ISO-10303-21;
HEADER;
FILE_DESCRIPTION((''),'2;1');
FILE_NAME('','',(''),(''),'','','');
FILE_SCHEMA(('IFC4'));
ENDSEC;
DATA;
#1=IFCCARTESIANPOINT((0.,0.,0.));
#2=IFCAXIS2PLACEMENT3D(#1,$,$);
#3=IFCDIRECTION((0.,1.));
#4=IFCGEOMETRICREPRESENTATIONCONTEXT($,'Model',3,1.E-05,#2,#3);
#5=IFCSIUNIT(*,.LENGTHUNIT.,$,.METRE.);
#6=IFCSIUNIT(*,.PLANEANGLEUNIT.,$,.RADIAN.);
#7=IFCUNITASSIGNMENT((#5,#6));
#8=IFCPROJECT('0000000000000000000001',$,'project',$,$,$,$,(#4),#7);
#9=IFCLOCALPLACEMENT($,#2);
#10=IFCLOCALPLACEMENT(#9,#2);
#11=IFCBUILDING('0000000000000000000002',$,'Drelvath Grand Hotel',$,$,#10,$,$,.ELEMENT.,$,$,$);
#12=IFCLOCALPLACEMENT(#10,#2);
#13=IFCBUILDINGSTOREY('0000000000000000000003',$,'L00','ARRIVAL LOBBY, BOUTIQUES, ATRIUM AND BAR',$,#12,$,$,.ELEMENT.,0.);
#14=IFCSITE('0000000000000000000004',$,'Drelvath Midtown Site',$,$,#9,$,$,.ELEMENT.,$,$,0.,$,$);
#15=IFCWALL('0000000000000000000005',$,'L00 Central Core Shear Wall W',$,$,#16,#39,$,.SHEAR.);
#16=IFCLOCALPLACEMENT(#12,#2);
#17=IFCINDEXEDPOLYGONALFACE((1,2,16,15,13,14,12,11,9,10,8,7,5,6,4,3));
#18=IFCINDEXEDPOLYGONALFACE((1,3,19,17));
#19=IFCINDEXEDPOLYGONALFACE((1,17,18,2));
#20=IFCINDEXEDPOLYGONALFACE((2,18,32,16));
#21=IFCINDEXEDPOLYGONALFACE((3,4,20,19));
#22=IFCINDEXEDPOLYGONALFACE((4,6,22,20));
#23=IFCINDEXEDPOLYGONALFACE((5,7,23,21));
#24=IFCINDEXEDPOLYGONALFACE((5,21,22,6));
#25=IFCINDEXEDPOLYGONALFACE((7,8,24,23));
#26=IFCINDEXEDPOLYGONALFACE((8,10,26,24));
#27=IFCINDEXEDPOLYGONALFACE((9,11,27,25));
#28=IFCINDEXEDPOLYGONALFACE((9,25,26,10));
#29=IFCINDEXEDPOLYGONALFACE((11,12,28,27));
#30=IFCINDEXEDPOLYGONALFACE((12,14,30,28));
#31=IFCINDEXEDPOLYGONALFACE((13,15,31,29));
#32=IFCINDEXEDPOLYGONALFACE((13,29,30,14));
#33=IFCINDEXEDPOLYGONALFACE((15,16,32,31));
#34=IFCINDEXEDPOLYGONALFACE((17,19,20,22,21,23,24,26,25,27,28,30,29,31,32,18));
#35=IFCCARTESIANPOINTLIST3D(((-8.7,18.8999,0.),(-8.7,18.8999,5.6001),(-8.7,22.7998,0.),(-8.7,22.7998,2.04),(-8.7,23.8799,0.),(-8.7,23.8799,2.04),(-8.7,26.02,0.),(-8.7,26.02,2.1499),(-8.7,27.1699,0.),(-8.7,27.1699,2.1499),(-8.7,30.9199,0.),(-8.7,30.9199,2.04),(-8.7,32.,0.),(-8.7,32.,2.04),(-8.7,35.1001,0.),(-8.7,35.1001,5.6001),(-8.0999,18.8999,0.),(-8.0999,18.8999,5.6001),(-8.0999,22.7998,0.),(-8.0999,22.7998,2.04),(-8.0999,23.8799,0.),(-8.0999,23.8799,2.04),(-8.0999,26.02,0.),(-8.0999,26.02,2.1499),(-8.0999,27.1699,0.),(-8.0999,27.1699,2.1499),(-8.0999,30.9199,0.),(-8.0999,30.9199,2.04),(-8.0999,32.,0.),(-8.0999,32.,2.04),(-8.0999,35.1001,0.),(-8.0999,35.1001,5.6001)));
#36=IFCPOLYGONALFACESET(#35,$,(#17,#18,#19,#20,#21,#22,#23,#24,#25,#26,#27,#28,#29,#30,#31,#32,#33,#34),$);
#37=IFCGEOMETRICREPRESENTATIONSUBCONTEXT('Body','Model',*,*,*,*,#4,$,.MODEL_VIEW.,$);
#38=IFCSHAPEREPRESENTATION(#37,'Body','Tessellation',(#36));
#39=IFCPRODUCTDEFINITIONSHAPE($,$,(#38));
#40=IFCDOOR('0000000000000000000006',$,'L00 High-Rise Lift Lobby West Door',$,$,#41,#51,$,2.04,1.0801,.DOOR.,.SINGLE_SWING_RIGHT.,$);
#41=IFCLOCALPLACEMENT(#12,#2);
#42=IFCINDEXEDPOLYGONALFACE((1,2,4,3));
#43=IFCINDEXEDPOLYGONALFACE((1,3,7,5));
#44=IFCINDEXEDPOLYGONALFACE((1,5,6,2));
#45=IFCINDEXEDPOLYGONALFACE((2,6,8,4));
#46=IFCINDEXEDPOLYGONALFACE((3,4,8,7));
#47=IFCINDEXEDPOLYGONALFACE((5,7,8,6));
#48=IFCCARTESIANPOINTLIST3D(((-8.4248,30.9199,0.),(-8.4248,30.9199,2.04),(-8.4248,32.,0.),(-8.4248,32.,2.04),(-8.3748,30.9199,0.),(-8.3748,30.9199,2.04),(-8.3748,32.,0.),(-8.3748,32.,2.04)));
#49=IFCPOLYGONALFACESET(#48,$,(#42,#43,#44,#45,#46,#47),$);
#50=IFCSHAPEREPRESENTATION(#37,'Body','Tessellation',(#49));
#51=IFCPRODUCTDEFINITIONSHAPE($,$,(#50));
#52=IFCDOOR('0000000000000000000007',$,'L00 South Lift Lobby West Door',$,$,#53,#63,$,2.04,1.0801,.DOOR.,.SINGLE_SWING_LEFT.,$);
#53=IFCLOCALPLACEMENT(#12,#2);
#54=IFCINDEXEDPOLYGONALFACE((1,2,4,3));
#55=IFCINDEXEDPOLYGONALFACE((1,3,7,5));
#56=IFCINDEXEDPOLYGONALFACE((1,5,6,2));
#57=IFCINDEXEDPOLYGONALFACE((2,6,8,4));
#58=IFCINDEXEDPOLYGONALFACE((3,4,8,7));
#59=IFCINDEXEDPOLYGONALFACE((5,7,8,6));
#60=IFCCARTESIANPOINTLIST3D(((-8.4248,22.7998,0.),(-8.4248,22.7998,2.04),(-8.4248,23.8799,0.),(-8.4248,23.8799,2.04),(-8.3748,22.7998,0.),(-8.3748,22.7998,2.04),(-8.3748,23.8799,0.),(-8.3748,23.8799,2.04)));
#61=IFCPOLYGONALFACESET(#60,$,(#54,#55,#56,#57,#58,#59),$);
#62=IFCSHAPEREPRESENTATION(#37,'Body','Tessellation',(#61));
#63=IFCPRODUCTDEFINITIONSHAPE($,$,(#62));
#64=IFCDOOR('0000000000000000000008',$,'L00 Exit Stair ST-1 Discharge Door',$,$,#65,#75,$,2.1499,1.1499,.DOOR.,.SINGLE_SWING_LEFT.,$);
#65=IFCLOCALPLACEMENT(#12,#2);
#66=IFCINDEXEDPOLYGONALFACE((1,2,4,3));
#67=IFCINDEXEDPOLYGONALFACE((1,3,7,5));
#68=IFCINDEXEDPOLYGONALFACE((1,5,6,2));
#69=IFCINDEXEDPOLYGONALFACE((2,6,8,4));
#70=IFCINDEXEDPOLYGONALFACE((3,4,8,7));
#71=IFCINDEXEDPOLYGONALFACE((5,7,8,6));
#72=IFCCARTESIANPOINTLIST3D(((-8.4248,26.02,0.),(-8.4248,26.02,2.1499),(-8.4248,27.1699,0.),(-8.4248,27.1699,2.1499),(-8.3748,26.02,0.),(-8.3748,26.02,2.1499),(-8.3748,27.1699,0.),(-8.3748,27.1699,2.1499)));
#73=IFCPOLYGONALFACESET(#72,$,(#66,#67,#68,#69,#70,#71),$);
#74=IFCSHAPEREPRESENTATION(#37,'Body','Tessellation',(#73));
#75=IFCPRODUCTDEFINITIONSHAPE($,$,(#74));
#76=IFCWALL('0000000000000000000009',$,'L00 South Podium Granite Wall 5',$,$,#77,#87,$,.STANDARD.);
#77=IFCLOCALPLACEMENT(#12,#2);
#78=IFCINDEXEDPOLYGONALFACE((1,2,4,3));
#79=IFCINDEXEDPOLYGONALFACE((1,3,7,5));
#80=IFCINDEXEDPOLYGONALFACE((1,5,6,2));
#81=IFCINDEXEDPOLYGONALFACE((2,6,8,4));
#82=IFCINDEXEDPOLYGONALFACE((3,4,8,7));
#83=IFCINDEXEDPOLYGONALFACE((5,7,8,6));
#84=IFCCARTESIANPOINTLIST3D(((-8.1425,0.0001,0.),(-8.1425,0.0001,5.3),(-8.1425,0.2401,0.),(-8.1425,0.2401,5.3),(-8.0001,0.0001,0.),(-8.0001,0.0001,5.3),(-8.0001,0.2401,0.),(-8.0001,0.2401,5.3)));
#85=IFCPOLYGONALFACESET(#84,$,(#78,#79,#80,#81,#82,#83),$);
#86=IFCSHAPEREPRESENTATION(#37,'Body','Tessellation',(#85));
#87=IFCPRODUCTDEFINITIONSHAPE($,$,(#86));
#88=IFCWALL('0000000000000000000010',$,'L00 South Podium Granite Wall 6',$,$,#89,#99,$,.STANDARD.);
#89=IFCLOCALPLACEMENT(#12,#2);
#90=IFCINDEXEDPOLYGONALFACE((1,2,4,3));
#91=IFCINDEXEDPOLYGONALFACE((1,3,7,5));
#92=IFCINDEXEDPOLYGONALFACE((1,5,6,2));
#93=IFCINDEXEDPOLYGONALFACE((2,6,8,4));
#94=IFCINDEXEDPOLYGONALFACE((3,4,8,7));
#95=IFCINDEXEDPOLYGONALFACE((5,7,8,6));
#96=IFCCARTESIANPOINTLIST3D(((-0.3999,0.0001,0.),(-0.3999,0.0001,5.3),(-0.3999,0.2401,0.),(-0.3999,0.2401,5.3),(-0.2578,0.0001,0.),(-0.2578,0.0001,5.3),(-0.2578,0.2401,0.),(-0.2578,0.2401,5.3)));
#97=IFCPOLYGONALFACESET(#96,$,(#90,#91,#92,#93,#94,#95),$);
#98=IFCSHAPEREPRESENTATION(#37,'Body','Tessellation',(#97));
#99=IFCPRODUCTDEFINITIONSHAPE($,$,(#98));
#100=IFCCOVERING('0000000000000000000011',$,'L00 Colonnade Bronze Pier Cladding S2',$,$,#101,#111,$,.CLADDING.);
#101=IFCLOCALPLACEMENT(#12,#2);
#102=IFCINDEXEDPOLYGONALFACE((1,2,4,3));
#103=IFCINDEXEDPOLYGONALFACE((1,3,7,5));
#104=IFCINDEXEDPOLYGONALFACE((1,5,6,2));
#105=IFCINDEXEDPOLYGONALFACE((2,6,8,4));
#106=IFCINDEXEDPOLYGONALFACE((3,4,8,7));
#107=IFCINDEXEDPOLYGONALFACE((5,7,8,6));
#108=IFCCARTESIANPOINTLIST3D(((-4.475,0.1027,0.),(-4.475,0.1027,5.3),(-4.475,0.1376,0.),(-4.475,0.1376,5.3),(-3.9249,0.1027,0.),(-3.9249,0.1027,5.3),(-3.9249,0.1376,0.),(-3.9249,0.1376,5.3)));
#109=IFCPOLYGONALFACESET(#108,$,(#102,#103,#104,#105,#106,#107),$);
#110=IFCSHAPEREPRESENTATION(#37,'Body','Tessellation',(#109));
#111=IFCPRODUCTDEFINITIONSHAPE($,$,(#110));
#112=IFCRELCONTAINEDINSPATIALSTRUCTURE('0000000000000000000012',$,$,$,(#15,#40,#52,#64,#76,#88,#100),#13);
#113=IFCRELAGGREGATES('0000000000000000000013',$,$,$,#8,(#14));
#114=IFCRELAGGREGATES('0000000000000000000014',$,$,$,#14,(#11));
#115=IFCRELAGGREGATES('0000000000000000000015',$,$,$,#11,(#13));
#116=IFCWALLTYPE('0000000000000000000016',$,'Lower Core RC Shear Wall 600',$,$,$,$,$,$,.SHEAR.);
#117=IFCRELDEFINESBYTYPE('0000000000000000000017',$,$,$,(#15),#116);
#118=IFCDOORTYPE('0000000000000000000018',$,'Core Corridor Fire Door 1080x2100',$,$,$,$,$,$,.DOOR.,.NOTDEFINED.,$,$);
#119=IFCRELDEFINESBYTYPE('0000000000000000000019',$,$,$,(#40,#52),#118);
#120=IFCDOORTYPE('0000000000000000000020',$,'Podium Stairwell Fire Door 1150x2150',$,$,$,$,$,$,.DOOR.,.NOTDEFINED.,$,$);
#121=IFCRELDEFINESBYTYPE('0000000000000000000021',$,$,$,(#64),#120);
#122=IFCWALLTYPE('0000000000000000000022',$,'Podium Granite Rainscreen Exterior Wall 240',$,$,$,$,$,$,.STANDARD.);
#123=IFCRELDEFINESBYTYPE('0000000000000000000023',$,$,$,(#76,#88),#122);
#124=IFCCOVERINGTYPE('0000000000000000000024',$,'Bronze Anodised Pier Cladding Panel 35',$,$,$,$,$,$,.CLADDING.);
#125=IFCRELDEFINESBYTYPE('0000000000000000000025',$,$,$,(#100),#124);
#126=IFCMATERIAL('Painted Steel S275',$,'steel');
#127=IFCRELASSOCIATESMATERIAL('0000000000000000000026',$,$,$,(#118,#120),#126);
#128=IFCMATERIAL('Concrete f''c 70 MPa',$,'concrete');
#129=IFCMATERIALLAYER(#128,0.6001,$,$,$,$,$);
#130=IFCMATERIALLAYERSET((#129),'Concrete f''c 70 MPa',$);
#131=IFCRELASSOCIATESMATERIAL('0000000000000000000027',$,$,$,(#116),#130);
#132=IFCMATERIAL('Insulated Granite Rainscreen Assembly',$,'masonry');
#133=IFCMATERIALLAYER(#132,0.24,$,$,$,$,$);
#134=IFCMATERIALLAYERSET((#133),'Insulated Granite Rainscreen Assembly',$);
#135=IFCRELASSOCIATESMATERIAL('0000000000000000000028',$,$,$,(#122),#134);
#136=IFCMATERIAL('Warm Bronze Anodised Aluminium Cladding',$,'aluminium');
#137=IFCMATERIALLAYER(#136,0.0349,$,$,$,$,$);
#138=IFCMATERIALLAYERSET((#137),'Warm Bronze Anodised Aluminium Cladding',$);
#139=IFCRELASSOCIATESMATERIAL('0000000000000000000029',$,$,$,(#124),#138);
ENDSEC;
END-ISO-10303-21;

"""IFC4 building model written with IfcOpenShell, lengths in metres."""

from ifc_helpers import new_model, si_unit, direction, frame, frame_2d, origin, origin_2d, place, context, subcontext, project, spatial, rectangle, extrude, material, layer, layer_set, type_object, element, fill, save


model = new_model("IFC4")

# Units and contexts
model_context = context("Model", 3, precision=1e-05, world=origin(), true_north=direction((0.0, 1.0)))
body_context = subcontext(model_context, "Body", "Model", "MODEL_VIEW")
ifc_project = project(units=[si_unit("LENGTHUNIT", "METRE"), si_unit("PLANEANGLEUNIT", "RADIAN")], contexts=[model_context])

# Site, building, storey
site_placement = place(None, origin())
site = spatial("IfcSite", under=ifc_project, at=site_placement, Name="Drelvath Midtown Site", CompositionType="ELEMENT", RefElevation=0.0)
building_placement = place(site_placement, origin())
building = spatial("IfcBuilding", under=site, at=building_placement, Name="Drelvath Grand Hotel", CompositionType="ELEMENT")
storey_placement = place(building_placement, origin())
storey = spatial("IfcBuildingStorey", under=building, at=storey_placement, Name="L00", Description="ARRIVAL LOBBY, BOUTIQUES, ATRIUM AND BAR", CompositionType="ELEMENT", Elevation=0.0)

# Shared definitions
ifc_material_1 = material(Name="Painted Steel S275", Category="steel")
door_type_1 = type_object("IfcDoorType", Name="Core Corridor Fire Door 1080x2100", OperationType="NOTDEFINED", PredefinedType="DOOR", material=ifc_material_1)

# Wall, openings, doors
ifc_material_2 = material(Name="Concrete f'c 70 MPa", Category="concrete")
ifc_layer_1 = layer(ifc_material_2, 0.6001)
ifc_layer_set_1 = layer_set([ifc_layer_1], Name="Concrete f'c 70 MPa")
wall_type_1 = type_object("IfcWallType", Name="Lower Core RC Shear Wall 600", PredefinedType="SHEAR", material=ifc_layer_set_1)
wall_1_placement = place(storey_placement, frame((-8.3999, 18.8999, 0.0), z_axis=(0.0, 0.0, 1.0), x_axis=(0.0, 1.0, 0.0)))
wall_1 = element("IfcWall", 1, at=wall_1_placement, inside=storey, type_object=wall_type_1, Name="L00 Central Core Shear Wall W", PredefinedType="SHEAR", context=body_context, shape_type="SweptSolid", body=[
    extrude(rectangle(XDim=16.2002, YDim=0.6001, at=frame_2d((8.1001, 0.0))), origin(), (0.0, 0.0, 1.0), 5.6001),
])
opening_1_placement = place(wall_1_placement, frame((7.1201, 0.0, 0.0)))
opening_1 = element("IfcOpeningElement", 2, at=opening_1_placement, cuts=wall_1, PredefinedType="OPENING", context=body_context, shape_type="SweptSolid", body=[
    extrude(rectangle(XDim=1.1499, YDim=2.1499, at=frame_2d((0.575, 1.075))), frame((0.0, 0.3101, 0.0), z_axis=(0.0, -1.0, 0.0), x_axis=(1.0, 0.0, 0.0)), (0.0, 0.0, 1.0), 0.6201),
])
opening_2_placement = place(wall_1_placement, frame((12.02, 0.0, 0.0)))
opening_2 = element("IfcOpeningElement", 3, at=opening_2_placement, cuts=wall_1, PredefinedType="OPENING", context=body_context, shape_type="SweptSolid", body=[
    extrude(rectangle(XDim=1.0801, YDim=2.04, at=frame_2d((0.54, 1.02))), frame((0.0, 0.3101, 0.0), z_axis=(0.0, -1.0, 0.0), x_axis=(1.0, 0.0, 0.0)), (0.0, 0.0, 1.0), 0.6201),
])
opening_3_placement = place(wall_1_placement, frame((3.8999, 0.0, 0.0)))
opening_3 = element("IfcOpeningElement", 4, at=opening_3_placement, cuts=wall_1, PredefinedType="OPENING", context=body_context, shape_type="SweptSolid", body=[
    extrude(rectangle(XDim=1.0801, YDim=2.04, at=frame_2d((0.54, 1.02))), frame((0.0, 0.3101, 0.0), z_axis=(0.0, -1.0, 0.0), x_axis=(1.0, 0.0, 0.0)), (0.0, 0.0, 1.0), 0.6201),
])
door_1_placement = place(opening_2_placement, origin())
door_1 = element("IfcDoor", 5, at=door_1_placement, inside=storey, type_object=door_type_1, Name="L00 High-Rise Lift Lobby West Door", OperationType="SINGLE_SWING_RIGHT", OverallHeight=2.04, OverallWidth=1.0801, PredefinedType="DOOR", context=body_context, shape_type="SweptSolid", body=[
    extrude(rectangle(XDim=1.0801, YDim=2.04, at=frame_2d((0.54, 1.02))), frame((0.0, 0.0249, 0.0), z_axis=(0.0, -1.0, 0.0), x_axis=(1.0, 0.0, 0.0)), (0.0, 0.0, 1.0), 0.05),
])
fill(opening_2, door_1)
door_2_placement = place(opening_3_placement, origin())
door_2 = element("IfcDoor", 6, at=door_2_placement, inside=storey, type_object=door_type_1, Name="L00 South Lift Lobby West Door", OperationType="SINGLE_SWING_LEFT", OverallHeight=2.04, OverallWidth=1.0801, PredefinedType="DOOR", context=body_context, shape_type="SweptSolid", body=[
    extrude(rectangle(XDim=1.0801, YDim=2.04, at=frame_2d((0.54, 1.02))), frame((0.0, 0.0249, 0.0), z_axis=(0.0, -1.0, 0.0), x_axis=(1.0, 0.0, 0.0)), (0.0, 0.0, 1.0), 0.05),
])
fill(opening_3, door_2)
door_type_2 = type_object("IfcDoorType", Name="Podium Stairwell Fire Door 1150x2150", OperationType="NOTDEFINED", PredefinedType="DOOR", material=ifc_material_1)
door_3_placement = place(opening_1_placement, origin())
door_3 = element("IfcDoor", 7, at=door_3_placement, inside=storey, type_object=door_type_2, Name="L00 Exit Stair ST-1 Discharge Door", OperationType="SINGLE_SWING_LEFT", OverallHeight=2.1499, OverallWidth=1.1499, PredefinedType="DOOR", context=body_context, shape_type="SweptSolid", body=[
    extrude(rectangle(XDim=1.1499, YDim=2.1499, at=frame_2d((0.575, 1.075))), frame((0.0, 0.0249, 0.0), z_axis=(0.0, -1.0, 0.0), x_axis=(1.0, 0.0, 0.0)), (0.0, 0.0, 1.0), 0.05),
])
fill(opening_1, door_3)

# Walls
ifc_material_3 = material(Name="Insulated Granite Rainscreen Assembly", Category="masonry")
ifc_layer_2 = layer(ifc_material_3, 0.24)
ifc_layer_set_2 = layer_set([ifc_layer_2], Name="Insulated Granite Rainscreen Assembly")
wall_type_2 = type_object("IfcWallType", Name="Podium Granite Rainscreen Exterior Wall 240", PredefinedType="STANDARD", material=ifc_layer_set_2)
wall_2_placement = place(storey_placement, frame((-8.0, 0.1201, 0.0), z_axis=(0.0, 0.0, 1.0), x_axis=(-1.0, 0.0, 0.0)))
element("IfcWall", 8, at=wall_2_placement, inside=storey, type_object=wall_type_2, Name="L00 South Podium Granite Wall 5", PredefinedType="STANDARD", context=body_context, shape_type="SweptSolid", body=[
    extrude(rectangle(XDim=0.1423, YDim=0.24, at=frame_2d((0.0713, 0.0))), origin(), (0.0, 0.0, 1.0), 5.3),
])
wall_3_placement = place(storey_placement, frame((-0.2578, 0.1201, 0.0), z_axis=(0.0, 0.0, 1.0), x_axis=(-1.0, 0.0, 0.0)))
element("IfcWall", 9, at=wall_3_placement, inside=storey, type_object=wall_type_2, Name="L00 South Podium Granite Wall 6", PredefinedType="STANDARD", context=body_context, shape_type="SweptSolid", body=[
    extrude(rectangle(XDim=0.1421, YDim=0.24, at=frame_2d((0.071, 0.0))), origin(), (0.0, 0.0, 1.0), 5.3),
])

# Covering
ifc_material_4 = material(Name="Warm Bronze Anodised Aluminium Cladding", Category="aluminium")
ifc_layer_3 = layer(ifc_material_4, 0.0349)
ifc_layer_set_3 = layer_set([ifc_layer_3], Name="Warm Bronze Anodised Aluminium Cladding")
covering_type = type_object("IfcCoveringType", Name="Bronze Anodised Pier Cladding Panel 35", PredefinedType="CLADDING", material=ifc_layer_set_3)
covering_placement = place(storey_placement, frame((-4.2, 0.1201, 0.0), z_axis=(0.0, 0.0, 1.0), x_axis=(1.0, 0.0, 0.0)))
element("IfcCovering", 10, at=covering_placement, inside=storey, type_object=covering_type, Name="L00 Colonnade Bronze Pier Cladding S2", PredefinedType="CLADDING", context=body_context, shape_type="SweptSolid", body=[
    extrude(rectangle(XDim=0.55, YDim=0.0349, at=origin_2d()), origin(), (0.0, 0.0, 1.0), 5.3),
])

save(model, "model.ifc")
